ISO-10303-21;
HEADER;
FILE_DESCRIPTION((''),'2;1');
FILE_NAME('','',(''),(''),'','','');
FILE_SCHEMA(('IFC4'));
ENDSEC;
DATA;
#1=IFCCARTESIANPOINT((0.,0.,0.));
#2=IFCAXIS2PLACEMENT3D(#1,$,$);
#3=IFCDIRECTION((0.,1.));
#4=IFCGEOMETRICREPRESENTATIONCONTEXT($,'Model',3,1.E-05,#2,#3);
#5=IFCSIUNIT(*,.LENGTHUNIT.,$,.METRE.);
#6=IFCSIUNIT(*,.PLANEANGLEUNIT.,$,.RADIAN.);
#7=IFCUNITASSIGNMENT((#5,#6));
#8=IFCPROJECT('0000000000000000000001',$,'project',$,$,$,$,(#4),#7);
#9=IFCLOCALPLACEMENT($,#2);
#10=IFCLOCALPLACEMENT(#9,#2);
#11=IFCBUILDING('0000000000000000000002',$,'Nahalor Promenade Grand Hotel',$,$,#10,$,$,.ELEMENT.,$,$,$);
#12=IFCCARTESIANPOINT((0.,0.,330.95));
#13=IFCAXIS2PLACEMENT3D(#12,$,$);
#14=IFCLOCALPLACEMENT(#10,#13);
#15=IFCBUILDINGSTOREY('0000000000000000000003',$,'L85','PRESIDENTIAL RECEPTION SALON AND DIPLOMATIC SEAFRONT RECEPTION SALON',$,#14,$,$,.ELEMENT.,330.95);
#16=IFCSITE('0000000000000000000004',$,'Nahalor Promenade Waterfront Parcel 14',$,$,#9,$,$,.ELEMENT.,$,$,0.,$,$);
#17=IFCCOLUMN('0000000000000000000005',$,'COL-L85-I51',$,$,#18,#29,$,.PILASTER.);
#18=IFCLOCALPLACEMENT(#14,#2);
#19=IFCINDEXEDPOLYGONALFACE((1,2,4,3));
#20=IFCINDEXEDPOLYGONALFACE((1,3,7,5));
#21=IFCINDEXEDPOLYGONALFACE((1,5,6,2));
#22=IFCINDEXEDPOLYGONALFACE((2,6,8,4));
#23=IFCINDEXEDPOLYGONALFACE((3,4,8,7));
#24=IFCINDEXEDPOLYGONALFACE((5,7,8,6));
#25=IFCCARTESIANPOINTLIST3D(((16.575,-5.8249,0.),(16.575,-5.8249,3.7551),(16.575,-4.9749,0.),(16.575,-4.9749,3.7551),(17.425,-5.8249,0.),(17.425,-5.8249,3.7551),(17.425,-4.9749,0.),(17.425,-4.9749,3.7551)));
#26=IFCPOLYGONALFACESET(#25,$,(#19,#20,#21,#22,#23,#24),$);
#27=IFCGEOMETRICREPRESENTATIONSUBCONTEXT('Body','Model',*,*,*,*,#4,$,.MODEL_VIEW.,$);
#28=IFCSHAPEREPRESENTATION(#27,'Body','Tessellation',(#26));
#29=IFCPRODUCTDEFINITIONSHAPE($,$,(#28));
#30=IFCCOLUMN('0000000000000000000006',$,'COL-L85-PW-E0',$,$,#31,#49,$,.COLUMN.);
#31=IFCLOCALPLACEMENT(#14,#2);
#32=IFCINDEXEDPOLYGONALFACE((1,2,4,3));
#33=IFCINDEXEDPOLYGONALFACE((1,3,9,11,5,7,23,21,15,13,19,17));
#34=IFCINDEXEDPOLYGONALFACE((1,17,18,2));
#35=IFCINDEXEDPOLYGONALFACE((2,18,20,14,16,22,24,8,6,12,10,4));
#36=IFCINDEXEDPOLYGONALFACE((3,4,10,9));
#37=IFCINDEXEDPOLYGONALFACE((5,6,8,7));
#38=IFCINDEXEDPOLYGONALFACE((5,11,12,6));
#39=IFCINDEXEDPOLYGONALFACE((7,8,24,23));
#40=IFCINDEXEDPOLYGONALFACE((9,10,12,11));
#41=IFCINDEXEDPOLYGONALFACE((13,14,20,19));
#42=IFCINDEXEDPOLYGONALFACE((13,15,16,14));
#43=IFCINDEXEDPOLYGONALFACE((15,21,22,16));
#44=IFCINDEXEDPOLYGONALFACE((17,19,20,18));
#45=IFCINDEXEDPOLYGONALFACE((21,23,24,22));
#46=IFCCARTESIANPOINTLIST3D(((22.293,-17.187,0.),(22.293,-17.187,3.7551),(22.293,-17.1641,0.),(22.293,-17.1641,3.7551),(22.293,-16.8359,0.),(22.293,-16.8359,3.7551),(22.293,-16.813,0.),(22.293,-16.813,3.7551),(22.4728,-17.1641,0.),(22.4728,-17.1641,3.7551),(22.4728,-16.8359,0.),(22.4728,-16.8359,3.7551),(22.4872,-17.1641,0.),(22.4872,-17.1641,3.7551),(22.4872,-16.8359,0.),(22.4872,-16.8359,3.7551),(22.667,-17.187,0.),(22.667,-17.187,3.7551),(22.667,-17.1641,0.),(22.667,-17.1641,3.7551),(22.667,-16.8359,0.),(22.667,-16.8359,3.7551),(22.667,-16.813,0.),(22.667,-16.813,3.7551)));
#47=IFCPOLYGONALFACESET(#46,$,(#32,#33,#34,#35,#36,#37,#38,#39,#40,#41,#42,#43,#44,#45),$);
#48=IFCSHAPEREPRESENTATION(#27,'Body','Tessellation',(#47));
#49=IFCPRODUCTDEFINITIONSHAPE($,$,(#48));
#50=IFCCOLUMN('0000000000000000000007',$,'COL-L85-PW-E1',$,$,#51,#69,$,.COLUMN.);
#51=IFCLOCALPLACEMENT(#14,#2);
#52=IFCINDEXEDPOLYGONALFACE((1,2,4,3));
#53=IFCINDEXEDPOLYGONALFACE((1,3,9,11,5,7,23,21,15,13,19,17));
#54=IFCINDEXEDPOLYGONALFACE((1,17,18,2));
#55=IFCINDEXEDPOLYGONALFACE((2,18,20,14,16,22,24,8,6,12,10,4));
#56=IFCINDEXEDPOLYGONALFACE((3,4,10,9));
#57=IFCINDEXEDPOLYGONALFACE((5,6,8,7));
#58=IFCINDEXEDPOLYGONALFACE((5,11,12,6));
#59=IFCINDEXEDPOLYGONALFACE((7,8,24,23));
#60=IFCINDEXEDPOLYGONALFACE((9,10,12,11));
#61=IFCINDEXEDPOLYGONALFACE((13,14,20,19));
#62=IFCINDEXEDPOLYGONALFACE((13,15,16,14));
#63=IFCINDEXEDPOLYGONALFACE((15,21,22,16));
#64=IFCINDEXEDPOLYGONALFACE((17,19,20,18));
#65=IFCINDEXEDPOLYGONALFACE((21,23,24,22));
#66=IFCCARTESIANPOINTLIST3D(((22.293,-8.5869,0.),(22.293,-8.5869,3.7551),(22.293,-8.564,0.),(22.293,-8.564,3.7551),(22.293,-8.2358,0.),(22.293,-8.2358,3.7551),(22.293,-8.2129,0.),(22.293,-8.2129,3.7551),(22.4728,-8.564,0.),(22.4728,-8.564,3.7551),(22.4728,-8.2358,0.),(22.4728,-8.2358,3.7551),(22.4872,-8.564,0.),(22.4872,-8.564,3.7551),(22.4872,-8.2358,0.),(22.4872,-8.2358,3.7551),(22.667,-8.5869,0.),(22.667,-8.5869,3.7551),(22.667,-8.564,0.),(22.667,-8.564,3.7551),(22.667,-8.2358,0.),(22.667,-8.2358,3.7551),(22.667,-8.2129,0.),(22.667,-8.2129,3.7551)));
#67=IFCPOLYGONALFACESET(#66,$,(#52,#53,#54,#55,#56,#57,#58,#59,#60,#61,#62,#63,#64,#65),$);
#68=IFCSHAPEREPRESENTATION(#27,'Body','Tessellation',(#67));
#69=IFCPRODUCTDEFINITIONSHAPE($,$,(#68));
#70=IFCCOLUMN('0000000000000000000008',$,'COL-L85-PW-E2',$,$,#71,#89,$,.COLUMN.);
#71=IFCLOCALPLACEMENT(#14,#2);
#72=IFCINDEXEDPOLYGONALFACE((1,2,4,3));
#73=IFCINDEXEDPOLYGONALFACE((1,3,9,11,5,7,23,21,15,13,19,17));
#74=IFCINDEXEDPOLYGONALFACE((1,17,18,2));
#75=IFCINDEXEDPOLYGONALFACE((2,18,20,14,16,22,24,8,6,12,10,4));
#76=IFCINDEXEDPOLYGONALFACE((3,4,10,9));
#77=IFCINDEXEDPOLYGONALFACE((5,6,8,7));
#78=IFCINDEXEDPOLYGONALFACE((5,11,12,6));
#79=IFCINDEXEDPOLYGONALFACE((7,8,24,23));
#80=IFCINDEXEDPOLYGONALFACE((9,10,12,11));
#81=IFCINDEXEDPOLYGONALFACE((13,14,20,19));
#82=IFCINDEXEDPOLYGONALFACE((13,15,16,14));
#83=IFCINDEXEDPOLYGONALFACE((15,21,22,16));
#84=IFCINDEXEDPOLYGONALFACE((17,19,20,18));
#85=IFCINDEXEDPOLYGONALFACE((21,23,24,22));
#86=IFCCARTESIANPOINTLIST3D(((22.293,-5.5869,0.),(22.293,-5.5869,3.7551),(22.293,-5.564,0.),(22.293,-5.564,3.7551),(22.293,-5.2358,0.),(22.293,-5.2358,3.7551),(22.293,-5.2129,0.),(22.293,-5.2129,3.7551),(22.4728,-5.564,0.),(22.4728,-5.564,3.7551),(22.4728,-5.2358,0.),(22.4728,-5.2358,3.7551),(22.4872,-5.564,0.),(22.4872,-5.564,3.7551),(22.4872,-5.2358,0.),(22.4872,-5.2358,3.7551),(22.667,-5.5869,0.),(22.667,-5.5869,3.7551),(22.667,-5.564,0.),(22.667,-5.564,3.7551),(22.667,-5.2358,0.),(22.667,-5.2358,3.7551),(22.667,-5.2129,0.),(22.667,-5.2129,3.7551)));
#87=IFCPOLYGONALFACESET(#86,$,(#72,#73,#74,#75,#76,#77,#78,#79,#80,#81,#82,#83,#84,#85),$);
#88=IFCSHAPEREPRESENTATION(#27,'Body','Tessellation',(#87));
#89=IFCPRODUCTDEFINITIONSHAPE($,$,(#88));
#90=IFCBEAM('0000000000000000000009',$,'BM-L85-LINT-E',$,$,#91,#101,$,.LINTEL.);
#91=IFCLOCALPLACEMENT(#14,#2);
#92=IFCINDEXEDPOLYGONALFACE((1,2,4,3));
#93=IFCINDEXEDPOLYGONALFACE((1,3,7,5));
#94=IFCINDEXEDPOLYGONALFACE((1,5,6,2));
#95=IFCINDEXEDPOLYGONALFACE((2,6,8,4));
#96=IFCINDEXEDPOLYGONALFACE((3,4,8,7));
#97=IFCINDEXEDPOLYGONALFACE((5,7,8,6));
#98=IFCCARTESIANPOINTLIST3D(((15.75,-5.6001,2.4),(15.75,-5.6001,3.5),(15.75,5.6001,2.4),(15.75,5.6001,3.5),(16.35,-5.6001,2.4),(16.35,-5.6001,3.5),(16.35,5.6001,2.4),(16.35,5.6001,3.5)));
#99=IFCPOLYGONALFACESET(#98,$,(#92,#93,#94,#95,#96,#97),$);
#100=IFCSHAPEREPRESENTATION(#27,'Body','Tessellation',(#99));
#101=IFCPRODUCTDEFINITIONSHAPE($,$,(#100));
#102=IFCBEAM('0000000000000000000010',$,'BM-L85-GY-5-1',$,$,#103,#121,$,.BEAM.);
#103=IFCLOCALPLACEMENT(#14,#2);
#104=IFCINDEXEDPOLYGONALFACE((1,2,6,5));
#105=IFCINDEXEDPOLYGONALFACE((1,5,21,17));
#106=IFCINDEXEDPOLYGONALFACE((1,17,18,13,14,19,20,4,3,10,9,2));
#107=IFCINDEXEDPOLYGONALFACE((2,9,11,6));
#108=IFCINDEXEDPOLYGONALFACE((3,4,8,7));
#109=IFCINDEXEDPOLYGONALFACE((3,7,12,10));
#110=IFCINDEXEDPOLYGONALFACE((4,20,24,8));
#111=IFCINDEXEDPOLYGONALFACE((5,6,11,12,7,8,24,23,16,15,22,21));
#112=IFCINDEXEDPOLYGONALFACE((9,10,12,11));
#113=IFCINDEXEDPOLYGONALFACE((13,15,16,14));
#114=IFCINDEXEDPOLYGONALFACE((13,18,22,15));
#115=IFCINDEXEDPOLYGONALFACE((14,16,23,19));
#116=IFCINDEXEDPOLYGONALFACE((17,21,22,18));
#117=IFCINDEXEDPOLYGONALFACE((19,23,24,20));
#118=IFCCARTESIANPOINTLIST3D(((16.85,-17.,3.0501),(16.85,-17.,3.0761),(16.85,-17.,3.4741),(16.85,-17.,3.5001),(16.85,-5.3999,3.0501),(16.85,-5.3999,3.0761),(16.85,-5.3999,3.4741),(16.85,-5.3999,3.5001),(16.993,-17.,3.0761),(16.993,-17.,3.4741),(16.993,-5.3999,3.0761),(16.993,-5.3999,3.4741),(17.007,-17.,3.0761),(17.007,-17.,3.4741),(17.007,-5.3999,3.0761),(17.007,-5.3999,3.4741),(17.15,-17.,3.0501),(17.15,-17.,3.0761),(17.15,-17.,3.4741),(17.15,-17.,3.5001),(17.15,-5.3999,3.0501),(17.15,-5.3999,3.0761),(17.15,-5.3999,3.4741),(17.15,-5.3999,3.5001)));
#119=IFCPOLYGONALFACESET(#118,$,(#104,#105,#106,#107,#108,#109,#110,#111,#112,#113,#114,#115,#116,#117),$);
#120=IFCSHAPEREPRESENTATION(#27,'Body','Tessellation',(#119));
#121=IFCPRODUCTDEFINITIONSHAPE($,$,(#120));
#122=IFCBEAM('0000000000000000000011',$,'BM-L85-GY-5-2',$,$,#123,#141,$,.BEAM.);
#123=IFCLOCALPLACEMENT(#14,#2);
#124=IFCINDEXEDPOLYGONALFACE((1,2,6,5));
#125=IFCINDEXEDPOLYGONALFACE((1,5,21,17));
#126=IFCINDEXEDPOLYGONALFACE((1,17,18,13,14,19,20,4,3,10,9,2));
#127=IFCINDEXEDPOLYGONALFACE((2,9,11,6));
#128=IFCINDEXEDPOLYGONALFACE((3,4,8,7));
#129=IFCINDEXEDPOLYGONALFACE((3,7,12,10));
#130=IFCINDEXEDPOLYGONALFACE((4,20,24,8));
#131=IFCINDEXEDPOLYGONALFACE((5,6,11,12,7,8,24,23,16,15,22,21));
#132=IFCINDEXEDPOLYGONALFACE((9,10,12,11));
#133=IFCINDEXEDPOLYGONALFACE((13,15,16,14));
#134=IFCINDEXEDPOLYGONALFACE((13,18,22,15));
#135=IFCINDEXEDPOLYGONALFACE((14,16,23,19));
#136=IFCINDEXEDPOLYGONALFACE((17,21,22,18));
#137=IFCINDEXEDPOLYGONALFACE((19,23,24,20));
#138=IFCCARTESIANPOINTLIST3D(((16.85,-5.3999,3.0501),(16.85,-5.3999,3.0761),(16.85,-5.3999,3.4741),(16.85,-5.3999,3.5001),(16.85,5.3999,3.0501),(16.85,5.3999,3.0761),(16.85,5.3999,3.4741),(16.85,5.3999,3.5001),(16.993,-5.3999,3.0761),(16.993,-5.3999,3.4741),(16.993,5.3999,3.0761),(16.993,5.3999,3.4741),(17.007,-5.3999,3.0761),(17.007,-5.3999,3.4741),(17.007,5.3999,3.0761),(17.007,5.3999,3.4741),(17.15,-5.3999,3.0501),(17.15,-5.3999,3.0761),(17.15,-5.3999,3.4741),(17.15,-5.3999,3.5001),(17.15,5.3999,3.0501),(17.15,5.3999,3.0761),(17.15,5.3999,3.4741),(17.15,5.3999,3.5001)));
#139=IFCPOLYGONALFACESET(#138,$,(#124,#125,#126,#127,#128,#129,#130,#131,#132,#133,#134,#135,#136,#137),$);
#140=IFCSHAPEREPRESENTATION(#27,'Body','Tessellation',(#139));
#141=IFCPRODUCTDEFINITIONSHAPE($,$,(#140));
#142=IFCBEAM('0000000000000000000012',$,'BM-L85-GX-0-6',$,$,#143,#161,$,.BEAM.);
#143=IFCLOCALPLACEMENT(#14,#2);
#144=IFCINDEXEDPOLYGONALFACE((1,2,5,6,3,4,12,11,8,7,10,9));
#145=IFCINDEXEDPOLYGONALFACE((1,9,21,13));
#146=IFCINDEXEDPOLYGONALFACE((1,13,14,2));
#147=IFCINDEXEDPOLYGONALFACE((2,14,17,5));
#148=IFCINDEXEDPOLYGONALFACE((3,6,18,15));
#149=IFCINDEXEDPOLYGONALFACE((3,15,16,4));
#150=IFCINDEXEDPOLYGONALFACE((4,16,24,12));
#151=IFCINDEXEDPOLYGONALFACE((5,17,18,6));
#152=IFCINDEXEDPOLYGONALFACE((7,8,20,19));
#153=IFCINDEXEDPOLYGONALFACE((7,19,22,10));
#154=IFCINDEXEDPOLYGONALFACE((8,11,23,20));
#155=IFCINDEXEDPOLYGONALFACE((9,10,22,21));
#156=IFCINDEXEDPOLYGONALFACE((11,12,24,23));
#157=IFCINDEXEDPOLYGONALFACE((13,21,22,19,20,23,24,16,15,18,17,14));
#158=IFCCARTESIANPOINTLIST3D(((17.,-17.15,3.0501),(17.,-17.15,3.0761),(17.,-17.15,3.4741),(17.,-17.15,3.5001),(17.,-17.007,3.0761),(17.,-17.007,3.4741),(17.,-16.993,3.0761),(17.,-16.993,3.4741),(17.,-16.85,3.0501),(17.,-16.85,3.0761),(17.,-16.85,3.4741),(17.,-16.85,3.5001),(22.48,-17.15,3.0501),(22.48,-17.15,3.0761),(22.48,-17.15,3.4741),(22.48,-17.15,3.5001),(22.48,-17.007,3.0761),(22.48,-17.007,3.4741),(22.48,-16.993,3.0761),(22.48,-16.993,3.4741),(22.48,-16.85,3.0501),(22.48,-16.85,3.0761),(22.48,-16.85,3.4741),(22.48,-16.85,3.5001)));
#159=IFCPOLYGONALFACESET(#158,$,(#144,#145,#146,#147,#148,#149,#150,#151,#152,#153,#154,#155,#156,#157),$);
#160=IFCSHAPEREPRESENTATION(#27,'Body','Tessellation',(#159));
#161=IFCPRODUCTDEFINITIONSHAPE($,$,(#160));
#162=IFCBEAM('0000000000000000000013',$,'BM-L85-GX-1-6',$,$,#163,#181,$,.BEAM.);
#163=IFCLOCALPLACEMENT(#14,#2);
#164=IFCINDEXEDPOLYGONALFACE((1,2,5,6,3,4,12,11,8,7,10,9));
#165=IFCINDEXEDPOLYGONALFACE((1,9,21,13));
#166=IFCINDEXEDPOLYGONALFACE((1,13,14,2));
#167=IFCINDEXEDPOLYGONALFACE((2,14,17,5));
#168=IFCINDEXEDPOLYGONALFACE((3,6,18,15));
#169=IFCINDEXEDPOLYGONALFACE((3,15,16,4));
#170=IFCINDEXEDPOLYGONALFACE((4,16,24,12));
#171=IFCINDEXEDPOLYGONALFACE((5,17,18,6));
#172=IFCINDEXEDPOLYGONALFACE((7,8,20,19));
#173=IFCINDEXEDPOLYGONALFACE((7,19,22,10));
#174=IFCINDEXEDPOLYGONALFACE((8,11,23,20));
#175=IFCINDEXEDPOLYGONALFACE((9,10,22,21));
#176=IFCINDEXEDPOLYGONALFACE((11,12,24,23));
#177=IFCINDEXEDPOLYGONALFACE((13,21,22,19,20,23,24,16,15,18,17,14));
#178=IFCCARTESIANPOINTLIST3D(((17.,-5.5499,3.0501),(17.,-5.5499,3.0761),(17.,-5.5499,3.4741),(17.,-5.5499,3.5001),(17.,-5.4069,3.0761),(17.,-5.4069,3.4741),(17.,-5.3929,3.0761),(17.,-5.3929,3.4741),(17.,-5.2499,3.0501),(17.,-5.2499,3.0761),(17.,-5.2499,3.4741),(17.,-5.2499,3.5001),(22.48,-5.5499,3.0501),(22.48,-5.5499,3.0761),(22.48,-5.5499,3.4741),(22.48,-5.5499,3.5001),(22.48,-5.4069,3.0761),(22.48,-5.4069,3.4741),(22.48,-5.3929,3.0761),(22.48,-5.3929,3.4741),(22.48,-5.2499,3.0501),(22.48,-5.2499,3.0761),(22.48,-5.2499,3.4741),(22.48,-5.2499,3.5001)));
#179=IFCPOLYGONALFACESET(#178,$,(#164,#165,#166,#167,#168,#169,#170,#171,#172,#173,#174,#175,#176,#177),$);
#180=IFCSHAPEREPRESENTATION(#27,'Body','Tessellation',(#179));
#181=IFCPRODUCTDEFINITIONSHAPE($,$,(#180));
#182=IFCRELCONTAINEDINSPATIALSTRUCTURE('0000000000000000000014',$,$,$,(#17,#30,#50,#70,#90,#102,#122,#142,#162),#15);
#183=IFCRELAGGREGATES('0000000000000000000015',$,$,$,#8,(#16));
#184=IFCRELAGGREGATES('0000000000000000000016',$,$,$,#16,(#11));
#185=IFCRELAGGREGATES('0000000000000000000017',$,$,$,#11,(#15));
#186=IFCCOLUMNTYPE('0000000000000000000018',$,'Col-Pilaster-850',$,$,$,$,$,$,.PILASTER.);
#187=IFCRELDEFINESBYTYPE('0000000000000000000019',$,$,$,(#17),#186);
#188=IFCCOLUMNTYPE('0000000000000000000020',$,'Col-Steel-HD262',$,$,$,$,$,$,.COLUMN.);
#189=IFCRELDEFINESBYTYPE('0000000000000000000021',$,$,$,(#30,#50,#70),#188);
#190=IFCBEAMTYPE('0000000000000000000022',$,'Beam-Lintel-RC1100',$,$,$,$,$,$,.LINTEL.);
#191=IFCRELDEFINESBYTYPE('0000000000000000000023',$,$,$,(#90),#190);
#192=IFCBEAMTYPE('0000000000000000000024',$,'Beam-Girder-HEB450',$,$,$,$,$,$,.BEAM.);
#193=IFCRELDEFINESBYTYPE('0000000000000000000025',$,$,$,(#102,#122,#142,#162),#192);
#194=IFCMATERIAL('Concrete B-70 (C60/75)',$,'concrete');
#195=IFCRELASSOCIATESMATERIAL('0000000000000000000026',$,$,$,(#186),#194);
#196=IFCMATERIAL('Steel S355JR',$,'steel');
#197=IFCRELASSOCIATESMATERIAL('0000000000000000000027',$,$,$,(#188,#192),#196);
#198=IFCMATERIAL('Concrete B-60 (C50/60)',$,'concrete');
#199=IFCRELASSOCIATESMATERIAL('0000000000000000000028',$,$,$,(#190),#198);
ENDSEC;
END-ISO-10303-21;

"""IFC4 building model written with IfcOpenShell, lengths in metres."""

from ifc_helpers import new_model, si_unit, direction, frame, origin, origin_2d, place, context, subcontext, project, spatial, rectangle, i_section, extrude, source, transform, mapped, material, material_profile, profile_set, type_object, element, save


model = new_model("IFC4")

# Units and contexts
model_context = context("Model", 3, precision=1e-05, world=origin(), true_north=direction((0.0, 1.0)))
body_context = subcontext(model_context, "Body", "Model", "MODEL_VIEW")
ifc_project = project(units=[si_unit("LENGTHUNIT", "METRE"), si_unit("PLANEANGLEUNIT", "RADIAN")], contexts=[model_context])

# Site, building, storey
site_placement = place(None, origin())
site = spatial("IfcSite", under=ifc_project, at=site_placement, Name="Nahalor Promenade Waterfront Parcel 14", CompositionType="ELEMENT", RefElevation=0.0)
building_placement = place(site_placement, origin())
building = spatial("IfcBuilding", under=site, at=building_placement, Name="Nahalor Promenade Grand Hotel", CompositionType="ELEMENT")
storey_placement = place(building_placement, frame((0.0, 0.0, 330.95)))
storey = spatial("IfcBuildingStorey", under=building, at=storey_placement, Name="L85", Description="PRESIDENTIAL RECEPTION SALON AND DIPLOMATIC SEAFRONT RECEPTION SALON", CompositionType="ELEMENT", Elevation=330.95)

# Columns
ifc_material_1 = material(Name="Concrete B-70 (C60/75)", Category="concrete")
ifc_material_profile_1 = material_profile(ifc_material_1, rectangle(XDim=0.85, YDim=0.85, at=origin_2d()), Name="RC 850x850")
ifc_profile_set_1 = profile_set([ifc_material_profile_1], Name="Concrete B-70 (C60/75)")
column_type_1 = type_object("IfcColumnType", Name="Col-Pilaster-850", PredefinedType="PILASTER", material=ifc_profile_set_1)
shared_shape_1 = source(origin(), body_context, "Body", "SweptSolid", [
    extrude(rectangle(XDim=0.85, YDim=0.85, at=origin_2d()), origin(), (0.0, 0.0, 1.0), 3.7551),
])
column_placement = place(storey_placement, frame((17.0, -5.3999, 0.0), z_axis=(0.0, 0.0, 1.0), x_axis=(1.0, 0.0, 0.0)))
element("IfcColumn", 1, at=column_placement, inside=storey, type_object=column_type_1, Name="COL-L85-I51", PredefinedType="PILASTER", context=body_context, shape_type="MappedRepresentation", body=[
    mapped(shared_shape_1, transform((0.0, 0.0, 0.0), scale=1.0)),
])
ifc_material_2 = material(Name="Steel S355JR", Category="steel")
ifc_material_profile_2 = material_profile(ifc_material_2, i_section(OverallWidth=0.374, OverallDepth=0.374, WebThickness=0.0144, FlangeThickness=0.0229, at=origin_2d()), Name="HD 360x262")
ifc_profile_set_2 = profile_set([ifc_material_profile_2], Name="Steel S355JR")
column_type_2 = type_object("IfcColumnType", Name="Col-Steel-HD262", PredefinedType="COLUMN", material=ifc_profile_set_2)
shared_shape_2 = source(origin(), body_context, "Body", "SweptSolid", [
    extrude(i_section(OverallWidth=0.374, OverallDepth=0.374, WebThickness=0.0144, FlangeThickness=0.0229, at=origin_2d()), origin(), (0.0, 0.0, 1.0), 3.7551),
])
for number, where, z_axis, x_axis, name in (
    (2, (22.48, -17.0, 0.0), (0.0, 0.0, 1.0), (1.0, 0.0, 0.0), "COL-L85-PW-E0"),
    (3, (22.48, -8.3999, 0.0), (0.0, 0.0, 1.0), (1.0, 0.0, 0.0), "COL-L85-PW-E1"),
    (4, (22.48, -5.3999, 0.0), (0.0, 0.0, 1.0), (1.0, 0.0, 0.0), "COL-L85-PW-E2"),
):
    element("IfcColumn", number, at=place(storey_placement, frame(where, z_axis=z_axis, x_axis=x_axis)), inside=storey, type_object=column_type_2, Name=name, PredefinedType="COLUMN", context=body_context, shape_type="MappedRepresentation", body=[
        mapped(shared_shape_2, transform((0.0, 0.0, 0.0), scale=1.0)),
    ])

# Beams
ifc_material_3 = material(Name="Concrete B-60 (C50/60)", Category="concrete")
ifc_material_profile_3 = material_profile(ifc_material_3, rectangle(XDim=0.6, YDim=1.1, at=origin_2d()), Name="RC 600x1100")
ifc_profile_set_3 = profile_set([ifc_material_profile_3], Name="Concrete B-60 (C50/60)")
beam_type_1 = type_object("IfcBeamType", Name="Beam-Lintel-RC1100", PredefinedType="LINTEL", material=ifc_profile_set_3)
shared_shape_3 = source(origin(), body_context, "Body", "SweptSolid", [
    extrude(rectangle(XDim=0.6, YDim=1.1, at=origin_2d()), origin(), (0.0, 0.0, 1.0), 11.2002),
])
beam_1_placement = place(storey_placement, frame((16.05, -5.6001, 2.95), z_axis=(0.0, 1.0, 0.0), x_axis=(-1.0, 0.0, 0.0)))
element("IfcBeam", 5, at=beam_1_placement, inside=storey, type_object=beam_type_1, Name="BM-L85-LINT-E", PredefinedType="LINTEL", context=body_context, shape_type="MappedRepresentation", body=[
    mapped(shared_shape_3, transform((0.0, 0.0, 0.0), scale=1.0)),
])
ifc_material_profile_4 = material_profile(ifc_material_2, i_section(OverallWidth=0.3, OverallDepth=0.45, WebThickness=0.014, FlangeThickness=0.026, at=origin_2d()), Name="HEB 450")
ifc_profile_set_4 = profile_set([ifc_material_profile_4], Name="Steel S355JR")
beam_type_2 = type_object("IfcBeamType", Name="Beam-Girder-HEB450", PredefinedType="BEAM", material=ifc_profile_set_4)
shared_shape_4 = source(origin(), body_context, "Body", "SweptSolid", [
    extrude(i_section(OverallWidth=0.3, OverallDepth=0.45, WebThickness=0.014, FlangeThickness=0.026, at=origin_2d()), origin(), (0.0, 0.0, 1.0), 11.6001),
])
beam_2_placement = place(storey_placement, frame((17.0, -17.0, 3.2751), z_axis=(0.0, 1.0, 0.0), x_axis=(-1.0, 0.0, 0.0)))
element("IfcBeam", 6, at=beam_2_placement, inside=storey, type_object=beam_type_2, Name="BM-L85-GY-5-1", PredefinedType="BEAM", context=body_context, shape_type="MappedRepresentation", body=[
    mapped(shared_shape_4, transform((0.0, 0.0, 0.0), scale=1.0)),
])
shared_shape_5 = source(origin(), body_context, "Body", "SweptSolid", [
    extrude(i_section(OverallWidth=0.3, OverallDepth=0.45, WebThickness=0.014, FlangeThickness=0.026, at=origin_2d()), origin(), (0.0, 0.0, 1.0), 10.7998),
])
beam_3_placement = place(storey_placement, frame((17.0, -5.3999, 3.2751), z_axis=(0.0, 1.0, 0.0), x_axis=(-1.0, 0.0, 0.0)))
element("IfcBeam", 7, at=beam_3_placement, inside=storey, type_object=beam_type_2, Name="BM-L85-GY-5-2", PredefinedType="BEAM", context=body_context, shape_type="MappedRepresentation", body=[
    mapped(shared_shape_5, transform((0.0, 0.0, 0.0), scale=1.0)),
])
shared_shape_6 = source(origin(), body_context, "Body", "SweptSolid", [
    extrude(i_section(OverallWidth=0.3, OverallDepth=0.45, WebThickness=0.014, FlangeThickness=0.026, at=origin_2d()), origin(), (0.0, 0.0, 1.0), 5.48),
])
for number, where, z_axis, x_axis, name in (
    (8, (17.0, -17.0, 3.2751), (1.0, 0.0, 0.0), (0.0, 1.0, 0.0), "BM-L85-GX-0-6"),
    (9, (17.0, -5.3999, 3.2751), (1.0, 0.0, 0.0), (0.0, 1.0, 0.0), "BM-L85-GX-1-6"),
):
    element("IfcBeam", number, at=place(storey_placement, frame(where, z_axis=z_axis, x_axis=x_axis)), inside=storey, type_object=beam_type_2, Name=name, PredefinedType="BEAM", context=body_context, shape_type="MappedRepresentation", body=[
        mapped(shared_shape_6, transform((0.0, 0.0, 0.0), scale=1.0)),
    ])

save(model, "model.ifc")
